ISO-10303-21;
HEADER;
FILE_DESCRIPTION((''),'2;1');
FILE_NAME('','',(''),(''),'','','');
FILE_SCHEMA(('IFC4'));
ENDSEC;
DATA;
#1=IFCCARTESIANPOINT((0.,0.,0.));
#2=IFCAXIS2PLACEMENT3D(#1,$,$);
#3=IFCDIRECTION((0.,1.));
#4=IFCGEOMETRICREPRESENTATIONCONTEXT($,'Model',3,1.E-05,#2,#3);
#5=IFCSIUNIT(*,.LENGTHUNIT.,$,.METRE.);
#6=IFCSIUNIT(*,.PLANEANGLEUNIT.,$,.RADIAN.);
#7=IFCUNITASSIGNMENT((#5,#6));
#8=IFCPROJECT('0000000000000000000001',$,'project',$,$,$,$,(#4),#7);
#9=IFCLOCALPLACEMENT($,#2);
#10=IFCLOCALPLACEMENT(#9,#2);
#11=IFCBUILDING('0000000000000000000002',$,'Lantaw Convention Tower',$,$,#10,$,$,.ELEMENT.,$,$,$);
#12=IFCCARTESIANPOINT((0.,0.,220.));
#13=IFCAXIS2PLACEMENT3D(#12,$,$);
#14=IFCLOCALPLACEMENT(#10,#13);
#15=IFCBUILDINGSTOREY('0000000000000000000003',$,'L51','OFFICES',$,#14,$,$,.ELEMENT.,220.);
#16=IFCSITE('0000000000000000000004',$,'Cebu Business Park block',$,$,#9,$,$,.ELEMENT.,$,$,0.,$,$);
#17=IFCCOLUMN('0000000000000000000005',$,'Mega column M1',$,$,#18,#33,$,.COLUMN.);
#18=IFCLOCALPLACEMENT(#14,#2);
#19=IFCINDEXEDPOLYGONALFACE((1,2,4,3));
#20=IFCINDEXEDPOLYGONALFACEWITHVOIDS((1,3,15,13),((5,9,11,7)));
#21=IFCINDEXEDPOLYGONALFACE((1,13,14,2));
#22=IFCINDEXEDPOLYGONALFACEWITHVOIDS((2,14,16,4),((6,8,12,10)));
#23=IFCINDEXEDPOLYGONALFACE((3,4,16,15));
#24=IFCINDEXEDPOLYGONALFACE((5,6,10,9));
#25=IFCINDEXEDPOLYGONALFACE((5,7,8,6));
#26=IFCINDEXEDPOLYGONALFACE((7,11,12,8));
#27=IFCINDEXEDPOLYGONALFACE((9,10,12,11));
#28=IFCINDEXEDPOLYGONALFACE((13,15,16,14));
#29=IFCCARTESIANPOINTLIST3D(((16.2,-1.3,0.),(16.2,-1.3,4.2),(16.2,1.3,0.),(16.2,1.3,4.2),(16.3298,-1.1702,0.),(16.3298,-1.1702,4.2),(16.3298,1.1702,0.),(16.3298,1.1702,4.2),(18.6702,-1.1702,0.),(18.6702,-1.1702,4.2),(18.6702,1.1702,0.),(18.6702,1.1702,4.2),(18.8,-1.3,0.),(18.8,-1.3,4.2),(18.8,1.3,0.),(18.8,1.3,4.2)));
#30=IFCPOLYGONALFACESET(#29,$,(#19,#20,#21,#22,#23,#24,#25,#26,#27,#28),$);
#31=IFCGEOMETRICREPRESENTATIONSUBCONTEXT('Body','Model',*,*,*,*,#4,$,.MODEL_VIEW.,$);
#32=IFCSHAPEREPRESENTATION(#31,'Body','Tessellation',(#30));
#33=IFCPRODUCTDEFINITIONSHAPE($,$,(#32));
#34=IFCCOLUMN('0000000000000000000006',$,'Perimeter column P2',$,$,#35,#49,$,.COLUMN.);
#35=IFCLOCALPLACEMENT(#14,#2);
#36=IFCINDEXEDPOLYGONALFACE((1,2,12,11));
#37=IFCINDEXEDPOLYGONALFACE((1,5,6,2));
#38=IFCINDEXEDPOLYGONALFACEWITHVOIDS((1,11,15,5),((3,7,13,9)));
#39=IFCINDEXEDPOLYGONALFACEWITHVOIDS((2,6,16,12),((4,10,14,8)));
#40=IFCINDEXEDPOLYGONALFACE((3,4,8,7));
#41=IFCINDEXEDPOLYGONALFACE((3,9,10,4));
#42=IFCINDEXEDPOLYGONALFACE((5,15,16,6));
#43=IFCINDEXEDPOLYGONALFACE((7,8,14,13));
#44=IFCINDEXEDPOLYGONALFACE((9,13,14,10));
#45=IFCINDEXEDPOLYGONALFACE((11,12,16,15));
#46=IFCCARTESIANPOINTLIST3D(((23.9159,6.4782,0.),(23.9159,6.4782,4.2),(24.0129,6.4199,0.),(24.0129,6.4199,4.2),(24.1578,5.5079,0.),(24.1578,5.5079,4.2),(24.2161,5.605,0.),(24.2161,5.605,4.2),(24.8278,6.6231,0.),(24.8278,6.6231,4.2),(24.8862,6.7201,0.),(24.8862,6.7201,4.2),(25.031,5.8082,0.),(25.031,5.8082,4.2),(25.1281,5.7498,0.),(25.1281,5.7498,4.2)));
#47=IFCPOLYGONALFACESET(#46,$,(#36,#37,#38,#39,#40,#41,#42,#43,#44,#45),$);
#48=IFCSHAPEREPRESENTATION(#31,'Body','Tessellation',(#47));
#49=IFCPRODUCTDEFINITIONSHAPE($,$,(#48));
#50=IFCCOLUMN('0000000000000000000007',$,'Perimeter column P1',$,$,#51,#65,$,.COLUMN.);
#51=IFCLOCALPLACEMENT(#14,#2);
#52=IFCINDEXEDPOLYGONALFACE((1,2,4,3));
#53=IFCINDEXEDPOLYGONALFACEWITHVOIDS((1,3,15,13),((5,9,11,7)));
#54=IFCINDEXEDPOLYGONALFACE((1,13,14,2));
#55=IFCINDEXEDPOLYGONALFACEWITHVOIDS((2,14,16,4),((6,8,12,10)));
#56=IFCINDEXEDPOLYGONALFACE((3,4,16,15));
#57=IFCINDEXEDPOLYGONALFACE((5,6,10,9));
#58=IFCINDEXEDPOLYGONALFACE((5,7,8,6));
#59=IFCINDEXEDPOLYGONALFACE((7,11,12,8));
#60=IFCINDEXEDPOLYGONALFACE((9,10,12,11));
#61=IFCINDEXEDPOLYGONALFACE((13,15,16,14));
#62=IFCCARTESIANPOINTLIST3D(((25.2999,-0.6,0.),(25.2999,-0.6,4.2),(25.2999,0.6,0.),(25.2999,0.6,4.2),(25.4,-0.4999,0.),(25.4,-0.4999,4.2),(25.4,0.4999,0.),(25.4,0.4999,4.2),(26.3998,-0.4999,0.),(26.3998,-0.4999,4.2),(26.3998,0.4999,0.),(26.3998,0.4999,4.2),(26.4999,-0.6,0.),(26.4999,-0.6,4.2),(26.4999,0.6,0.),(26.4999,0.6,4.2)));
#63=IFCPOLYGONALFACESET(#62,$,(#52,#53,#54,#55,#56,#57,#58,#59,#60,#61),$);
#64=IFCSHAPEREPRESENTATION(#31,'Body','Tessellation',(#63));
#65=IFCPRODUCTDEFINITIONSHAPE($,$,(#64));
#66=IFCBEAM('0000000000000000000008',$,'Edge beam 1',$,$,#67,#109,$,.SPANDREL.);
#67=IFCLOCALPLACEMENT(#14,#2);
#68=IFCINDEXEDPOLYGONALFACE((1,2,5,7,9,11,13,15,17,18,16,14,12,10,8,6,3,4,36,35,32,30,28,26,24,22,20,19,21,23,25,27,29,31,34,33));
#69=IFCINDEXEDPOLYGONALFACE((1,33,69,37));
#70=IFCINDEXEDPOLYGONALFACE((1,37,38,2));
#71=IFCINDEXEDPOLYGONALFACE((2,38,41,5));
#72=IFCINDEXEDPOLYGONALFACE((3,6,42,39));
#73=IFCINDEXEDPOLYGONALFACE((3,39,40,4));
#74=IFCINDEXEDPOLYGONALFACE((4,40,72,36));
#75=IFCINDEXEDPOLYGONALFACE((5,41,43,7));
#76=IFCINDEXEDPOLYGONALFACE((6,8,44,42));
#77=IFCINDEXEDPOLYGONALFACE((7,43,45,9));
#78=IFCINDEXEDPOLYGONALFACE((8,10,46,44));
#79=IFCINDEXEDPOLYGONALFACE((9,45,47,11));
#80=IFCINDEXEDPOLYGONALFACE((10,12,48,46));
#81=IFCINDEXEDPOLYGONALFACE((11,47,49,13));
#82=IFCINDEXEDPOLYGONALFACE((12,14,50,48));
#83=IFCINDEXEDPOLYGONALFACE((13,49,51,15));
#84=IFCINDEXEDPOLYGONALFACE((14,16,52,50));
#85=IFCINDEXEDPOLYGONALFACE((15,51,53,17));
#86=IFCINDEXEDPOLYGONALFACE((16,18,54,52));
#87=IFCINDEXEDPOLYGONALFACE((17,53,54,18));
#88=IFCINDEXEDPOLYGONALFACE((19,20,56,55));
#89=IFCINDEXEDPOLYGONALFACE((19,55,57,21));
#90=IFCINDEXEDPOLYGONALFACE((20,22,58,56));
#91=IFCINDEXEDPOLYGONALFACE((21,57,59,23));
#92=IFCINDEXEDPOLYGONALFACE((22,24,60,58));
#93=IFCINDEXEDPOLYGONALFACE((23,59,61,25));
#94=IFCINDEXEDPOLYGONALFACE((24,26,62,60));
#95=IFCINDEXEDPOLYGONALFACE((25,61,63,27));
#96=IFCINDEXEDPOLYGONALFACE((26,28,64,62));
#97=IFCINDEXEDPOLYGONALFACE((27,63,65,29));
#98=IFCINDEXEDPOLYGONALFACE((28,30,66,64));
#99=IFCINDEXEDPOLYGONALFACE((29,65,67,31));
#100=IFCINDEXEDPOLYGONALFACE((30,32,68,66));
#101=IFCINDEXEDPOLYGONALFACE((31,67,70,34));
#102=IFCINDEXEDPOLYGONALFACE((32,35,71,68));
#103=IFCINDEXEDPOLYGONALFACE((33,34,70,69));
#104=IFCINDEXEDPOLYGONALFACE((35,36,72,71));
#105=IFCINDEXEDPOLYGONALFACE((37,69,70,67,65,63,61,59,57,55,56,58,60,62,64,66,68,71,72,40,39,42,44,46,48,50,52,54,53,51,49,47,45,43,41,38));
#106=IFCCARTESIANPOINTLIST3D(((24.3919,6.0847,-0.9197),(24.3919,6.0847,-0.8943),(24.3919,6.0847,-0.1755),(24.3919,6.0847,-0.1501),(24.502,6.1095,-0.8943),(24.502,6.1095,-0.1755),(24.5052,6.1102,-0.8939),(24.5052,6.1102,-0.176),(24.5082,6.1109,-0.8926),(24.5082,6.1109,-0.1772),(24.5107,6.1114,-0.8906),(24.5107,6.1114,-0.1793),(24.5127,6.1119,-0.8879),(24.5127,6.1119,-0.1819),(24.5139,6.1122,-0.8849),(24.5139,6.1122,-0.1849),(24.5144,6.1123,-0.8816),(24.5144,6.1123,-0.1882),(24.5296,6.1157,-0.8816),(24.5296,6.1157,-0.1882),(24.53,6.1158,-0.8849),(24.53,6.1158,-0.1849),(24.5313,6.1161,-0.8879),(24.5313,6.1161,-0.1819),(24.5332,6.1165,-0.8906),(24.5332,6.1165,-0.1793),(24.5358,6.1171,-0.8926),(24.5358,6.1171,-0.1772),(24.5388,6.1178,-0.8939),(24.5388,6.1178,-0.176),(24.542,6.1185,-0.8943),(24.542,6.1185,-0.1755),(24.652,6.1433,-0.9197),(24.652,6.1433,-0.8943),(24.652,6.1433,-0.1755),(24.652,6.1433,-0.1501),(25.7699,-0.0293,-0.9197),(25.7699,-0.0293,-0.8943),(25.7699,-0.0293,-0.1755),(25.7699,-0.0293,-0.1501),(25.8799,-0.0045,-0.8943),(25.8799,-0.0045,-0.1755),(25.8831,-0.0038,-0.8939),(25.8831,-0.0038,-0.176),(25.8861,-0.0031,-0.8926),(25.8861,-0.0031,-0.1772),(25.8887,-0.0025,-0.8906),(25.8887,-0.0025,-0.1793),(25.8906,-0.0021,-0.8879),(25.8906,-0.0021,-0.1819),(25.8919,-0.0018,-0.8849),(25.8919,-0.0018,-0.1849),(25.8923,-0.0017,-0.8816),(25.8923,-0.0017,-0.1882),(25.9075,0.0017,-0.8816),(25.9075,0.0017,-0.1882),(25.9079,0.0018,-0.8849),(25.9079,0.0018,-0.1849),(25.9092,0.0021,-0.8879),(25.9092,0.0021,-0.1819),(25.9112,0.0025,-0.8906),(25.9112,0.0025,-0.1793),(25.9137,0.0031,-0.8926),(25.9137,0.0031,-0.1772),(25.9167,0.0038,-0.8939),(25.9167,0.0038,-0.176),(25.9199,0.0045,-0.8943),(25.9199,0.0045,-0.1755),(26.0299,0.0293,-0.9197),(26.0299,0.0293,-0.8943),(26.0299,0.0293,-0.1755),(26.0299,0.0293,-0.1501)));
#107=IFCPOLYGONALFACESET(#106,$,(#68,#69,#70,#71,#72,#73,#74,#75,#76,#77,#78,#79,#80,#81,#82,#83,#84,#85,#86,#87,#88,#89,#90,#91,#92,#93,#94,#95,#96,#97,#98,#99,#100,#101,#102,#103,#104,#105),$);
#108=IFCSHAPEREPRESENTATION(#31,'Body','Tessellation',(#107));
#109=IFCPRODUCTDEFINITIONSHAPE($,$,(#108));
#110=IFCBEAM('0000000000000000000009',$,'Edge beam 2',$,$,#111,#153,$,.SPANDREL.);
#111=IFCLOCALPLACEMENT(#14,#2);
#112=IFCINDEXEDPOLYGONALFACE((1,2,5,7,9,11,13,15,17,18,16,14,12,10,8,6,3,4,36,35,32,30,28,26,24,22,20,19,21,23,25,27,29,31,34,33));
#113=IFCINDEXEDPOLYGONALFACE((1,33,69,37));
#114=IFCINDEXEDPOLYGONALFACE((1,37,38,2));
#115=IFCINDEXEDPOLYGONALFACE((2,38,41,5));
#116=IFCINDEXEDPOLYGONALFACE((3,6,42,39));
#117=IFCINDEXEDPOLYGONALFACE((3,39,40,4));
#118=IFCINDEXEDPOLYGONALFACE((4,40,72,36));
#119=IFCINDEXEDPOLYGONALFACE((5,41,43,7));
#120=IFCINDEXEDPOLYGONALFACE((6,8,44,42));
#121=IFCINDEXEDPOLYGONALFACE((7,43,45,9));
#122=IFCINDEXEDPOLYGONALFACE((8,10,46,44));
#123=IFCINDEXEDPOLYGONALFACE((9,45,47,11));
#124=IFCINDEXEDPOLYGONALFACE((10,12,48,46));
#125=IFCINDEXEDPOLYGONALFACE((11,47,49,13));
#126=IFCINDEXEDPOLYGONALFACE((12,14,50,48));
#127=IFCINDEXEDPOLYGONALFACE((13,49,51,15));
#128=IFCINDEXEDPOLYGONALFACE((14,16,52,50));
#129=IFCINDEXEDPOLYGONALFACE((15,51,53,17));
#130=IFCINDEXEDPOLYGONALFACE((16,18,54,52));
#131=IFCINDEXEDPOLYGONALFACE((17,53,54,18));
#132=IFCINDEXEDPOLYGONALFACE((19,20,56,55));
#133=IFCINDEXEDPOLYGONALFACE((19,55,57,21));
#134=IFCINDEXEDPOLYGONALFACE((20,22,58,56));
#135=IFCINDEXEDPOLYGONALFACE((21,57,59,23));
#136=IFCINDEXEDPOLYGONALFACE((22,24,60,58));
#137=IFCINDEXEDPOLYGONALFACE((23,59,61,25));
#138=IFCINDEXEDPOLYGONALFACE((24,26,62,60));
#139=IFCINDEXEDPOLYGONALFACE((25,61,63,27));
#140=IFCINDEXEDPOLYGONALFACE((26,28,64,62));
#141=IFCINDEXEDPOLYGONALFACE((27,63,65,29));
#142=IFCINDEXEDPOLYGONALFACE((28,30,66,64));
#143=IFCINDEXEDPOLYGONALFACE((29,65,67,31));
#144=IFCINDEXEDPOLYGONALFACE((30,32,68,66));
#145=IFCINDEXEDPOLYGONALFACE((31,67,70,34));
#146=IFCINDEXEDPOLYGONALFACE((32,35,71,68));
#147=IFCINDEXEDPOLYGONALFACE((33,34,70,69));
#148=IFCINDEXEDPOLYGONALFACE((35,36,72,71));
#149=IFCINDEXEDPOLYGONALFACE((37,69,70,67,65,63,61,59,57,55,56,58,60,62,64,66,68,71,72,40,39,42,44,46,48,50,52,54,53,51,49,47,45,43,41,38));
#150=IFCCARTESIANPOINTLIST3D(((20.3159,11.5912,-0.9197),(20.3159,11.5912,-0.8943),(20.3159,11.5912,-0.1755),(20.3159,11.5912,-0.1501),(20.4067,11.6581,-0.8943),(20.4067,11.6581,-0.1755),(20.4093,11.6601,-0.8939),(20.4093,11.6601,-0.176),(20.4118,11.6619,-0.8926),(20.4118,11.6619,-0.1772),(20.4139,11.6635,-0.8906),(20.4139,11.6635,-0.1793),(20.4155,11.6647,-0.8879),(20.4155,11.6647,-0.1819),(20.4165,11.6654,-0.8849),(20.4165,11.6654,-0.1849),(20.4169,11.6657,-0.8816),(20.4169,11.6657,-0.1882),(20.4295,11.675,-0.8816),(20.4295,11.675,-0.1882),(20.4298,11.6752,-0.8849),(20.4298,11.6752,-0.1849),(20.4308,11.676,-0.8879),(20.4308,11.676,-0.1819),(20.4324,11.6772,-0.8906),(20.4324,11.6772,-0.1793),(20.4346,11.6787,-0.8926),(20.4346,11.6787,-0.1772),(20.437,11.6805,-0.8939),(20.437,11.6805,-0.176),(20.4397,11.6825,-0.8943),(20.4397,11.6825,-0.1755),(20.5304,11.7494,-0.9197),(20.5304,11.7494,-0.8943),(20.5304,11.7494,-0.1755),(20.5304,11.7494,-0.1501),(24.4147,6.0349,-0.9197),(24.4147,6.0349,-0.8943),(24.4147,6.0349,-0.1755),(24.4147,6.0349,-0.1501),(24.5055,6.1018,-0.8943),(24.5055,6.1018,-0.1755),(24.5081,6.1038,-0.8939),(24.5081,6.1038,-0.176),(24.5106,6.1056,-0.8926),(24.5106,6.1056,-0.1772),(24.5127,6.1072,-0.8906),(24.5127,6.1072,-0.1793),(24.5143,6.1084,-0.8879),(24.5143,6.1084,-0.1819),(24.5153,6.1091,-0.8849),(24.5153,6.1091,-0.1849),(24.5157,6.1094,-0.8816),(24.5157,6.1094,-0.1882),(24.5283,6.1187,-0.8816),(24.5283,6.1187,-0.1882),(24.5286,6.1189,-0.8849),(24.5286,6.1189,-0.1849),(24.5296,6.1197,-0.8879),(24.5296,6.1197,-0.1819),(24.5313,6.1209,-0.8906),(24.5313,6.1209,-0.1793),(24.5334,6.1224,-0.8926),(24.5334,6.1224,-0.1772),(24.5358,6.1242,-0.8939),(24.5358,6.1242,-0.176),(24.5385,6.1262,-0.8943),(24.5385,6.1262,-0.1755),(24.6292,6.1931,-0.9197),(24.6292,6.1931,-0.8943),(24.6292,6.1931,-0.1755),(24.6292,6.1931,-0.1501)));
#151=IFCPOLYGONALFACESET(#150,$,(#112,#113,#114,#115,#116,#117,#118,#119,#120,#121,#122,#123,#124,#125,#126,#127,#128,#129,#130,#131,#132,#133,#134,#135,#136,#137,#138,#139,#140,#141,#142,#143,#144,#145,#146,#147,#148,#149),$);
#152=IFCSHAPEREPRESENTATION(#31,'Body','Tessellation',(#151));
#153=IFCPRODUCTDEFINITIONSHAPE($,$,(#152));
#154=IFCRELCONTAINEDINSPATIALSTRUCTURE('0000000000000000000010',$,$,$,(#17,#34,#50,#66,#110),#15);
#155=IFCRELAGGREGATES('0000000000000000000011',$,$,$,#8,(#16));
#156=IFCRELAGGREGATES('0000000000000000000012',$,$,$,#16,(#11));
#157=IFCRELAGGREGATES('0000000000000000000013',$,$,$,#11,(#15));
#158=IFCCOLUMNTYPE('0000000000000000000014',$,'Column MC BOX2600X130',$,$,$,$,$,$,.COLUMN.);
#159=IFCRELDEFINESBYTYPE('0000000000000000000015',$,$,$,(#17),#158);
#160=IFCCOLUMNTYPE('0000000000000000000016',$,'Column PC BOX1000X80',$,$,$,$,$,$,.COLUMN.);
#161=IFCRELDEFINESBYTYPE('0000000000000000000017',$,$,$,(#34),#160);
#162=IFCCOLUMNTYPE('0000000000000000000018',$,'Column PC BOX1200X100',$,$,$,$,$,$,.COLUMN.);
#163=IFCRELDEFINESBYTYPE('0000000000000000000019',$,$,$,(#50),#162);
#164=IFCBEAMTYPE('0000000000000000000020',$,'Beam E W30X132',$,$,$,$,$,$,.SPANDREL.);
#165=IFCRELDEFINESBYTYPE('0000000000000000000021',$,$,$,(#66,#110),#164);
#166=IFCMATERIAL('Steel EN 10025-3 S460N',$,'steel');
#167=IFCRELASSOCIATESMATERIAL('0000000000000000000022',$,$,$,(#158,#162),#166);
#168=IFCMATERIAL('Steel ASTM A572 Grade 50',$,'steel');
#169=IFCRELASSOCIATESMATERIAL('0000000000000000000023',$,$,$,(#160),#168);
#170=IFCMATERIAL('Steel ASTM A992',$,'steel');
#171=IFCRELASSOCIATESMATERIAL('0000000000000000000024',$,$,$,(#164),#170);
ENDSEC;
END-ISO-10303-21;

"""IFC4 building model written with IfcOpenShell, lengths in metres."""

from ifc_helpers import new_model, si_unit, direction, frame, origin, origin_2d, place, context, subcontext, project, spatial, rectangle, hollow_rectangle, i_section, extrude, material, material_profile, profile_set, type_object, element, save


model = new_model("IFC4")

# Units and contexts
model_context = context("Model", 3, precision=1e-05, world=origin(), true_north=direction((0.0, 1.0)))
body_context = subcontext(model_context, "Body", "Model", "MODEL_VIEW")
ifc_project = project(units=[si_unit("LENGTHUNIT", "METRE"), si_unit("PLANEANGLEUNIT", "RADIAN")], contexts=[model_context])

# Site, building, storey
site_placement = place(None, origin())
site = spatial("IfcSite", under=ifc_project, at=site_placement, Name="Cebu Business Park block", CompositionType="ELEMENT", RefElevation=0.0)
building_placement = place(site_placement, origin())
building = spatial("IfcBuilding", under=site, at=building_placement, Name="Lantaw Convention Tower", CompositionType="ELEMENT")
storey_placement = place(building_placement, frame((0.0, 0.0, 220.0)))
storey = spatial("IfcBuildingStorey", under=building, at=storey_placement, Name="L51", Description="OFFICES", CompositionType="ELEMENT", Elevation=220.0)

# Columns
ifc_material_1 = material(Name="Steel EN 10025-3 S460N", Category="steel")
ifc_material_profile_1 = material_profile(ifc_material_1, hollow_rectangle(XDim=2.6001, YDim=2.6001, WallThickness=0.1299, at=origin_2d()), Name="BOX2600X130")
ifc_material_2 = material(Name="Concrete C60/75", Category="concrete")
ifc_material_profile_2 = material_profile(ifc_material_2, rectangle(XDim=2.3401, YDim=2.3401, at=origin_2d()), Name="Concrete fill of BOX2600X130")
ifc_profile_set_1 = profile_set([ifc_material_profile_1, ifc_material_profile_2], Name="Steel EN 10025-3 S460N")
column_type_1 = type_object("IfcColumnType", Name="Column MC BOX2600X130", PredefinedType="COLUMN", material=ifc_profile_set_1)
column_1_placement = place(storey_placement, frame((17.5, 0.0, 0.0), z_axis=(0.0, 0.0, 1.0), x_axis=(1.0, 0.0, 0.0)))
element("IfcColumn", 1, at=column_1_placement, inside=storey, type_object=column_type_1, Name="Mega column M1", PredefinedType="COLUMN", context=body_context, shape_type="SweptSolid", body=[
    extrude(hollow_rectangle(XDim=2.6001, YDim=2.6001, WallThickness=0.1299, at=origin_2d()), origin(), (0.0, 0.0, 1.0), 4.2),
])
ifc_material_3 = material(Name="Steel ASTM A572 Grade 50", Category="steel")
ifc_material_profile_3 = material_profile(ifc_material_3, hollow_rectangle(XDim=1.0, YDim=1.0, WallThickness=0.0801, at=origin_2d()), Name="BOX1000X80")
ifc_material_profile_4 = material_profile(ifc_material_2, rectangle(XDim=0.8401, YDim=0.8401, at=origin_2d()), Name="Concrete fill of BOX1000X80")
ifc_profile_set_2 = profile_set([ifc_material_profile_3, ifc_material_profile_4], Name="Steel ASTM A572 Grade 50")
column_type_2 = type_object("IfcColumnType", Name="Column PC BOX1000X80", PredefinedType="COLUMN", material=ifc_profile_set_2)
column_2_placement = place(storey_placement, frame((24.522, 6.114, 0.0), z_axis=(0.0, 0.0, 1.0), x_axis=(0.970296, 0.241922, 0.0)))
element("IfcColumn", 2, at=column_2_placement, inside=storey, type_object=column_type_2, Name="Perimeter column P2", PredefinedType="COLUMN", context=body_context, shape_type="SweptSolid", body=[
    extrude(hollow_rectangle(XDim=1.0, YDim=1.0, WallThickness=0.0801, at=origin_2d()), origin(), (0.0, 0.0, 1.0), 4.2),
])
ifc_material_profile_5 = material_profile(ifc_material_1, hollow_rectangle(XDim=1.2, YDim=1.2, WallThickness=0.1001, at=origin_2d()), Name="BOX1200X100")
ifc_material_profile_6 = material_profile(ifc_material_2, rectangle(XDim=1.0, YDim=1.0, at=origin_2d()), Name="Concrete fill of BOX1200X100")
ifc_profile_set_3 = profile_set([ifc_material_profile_5, ifc_material_profile_6], Name="Steel EN 10025-3 S460N")
column_type_3 = type_object("IfcColumnType", Name="Column PC BOX1200X100", PredefinedType="COLUMN", material=ifc_profile_set_3)
column_3_placement = place(storey_placement, frame((25.8999, 0.0, 0.0), z_axis=(0.0, 0.0, 1.0), x_axis=(1.0, 0.0, 0.0)))
element("IfcColumn", 3, at=column_3_placement, inside=storey, type_object=column_type_3, Name="Perimeter column P1", PredefinedType="COLUMN", context=body_context, shape_type="SweptSolid", body=[
    extrude(hollow_rectangle(XDim=1.2, YDim=1.2, WallThickness=0.1001, at=origin_2d()), origin(), (0.0, 0.0, 1.0), 4.2),
])

# Beams
ifc_material_4 = material(Name="Steel ASTM A992", Category="steel")
ifc_material_profile_7 = material_profile(ifc_material_4, i_section(OverallWidth=0.2666, OverallDepth=0.7695, WebThickness=0.0156, FlangeThickness=0.0254, FilletRadius=0.0127, at=origin_2d()), Name="W30X132")
ifc_profile_set_4 = profile_set([ifc_material_profile_7], Name="Steel ASTM A992")
beam_type_1 = type_object("IfcBeamType", Name="Beam E W30X132", PredefinedType="SPANDREL", material=ifc_profile_set_4)
beam_1_placement = place(storey_placement, frame((25.8999, 0.0, -0.5349), z_axis=(-0.219858, 0.975532, 0.0), x_axis=(-0.975532, -0.219858, 0.0)))
element("IfcBeam", 4, at=beam_1_placement, inside=storey, type_object=beam_type_1, Name="Edge beam 1", PredefinedType="SPANDREL", context=body_context, shape_type="SweptSolid", body=[
    extrude(i_section(OverallWidth=0.2666, OverallDepth=0.7695, WebThickness=0.0156, FlangeThickness=0.0254, FilletRadius=0.0127, at=origin_2d()), origin(), (0.0, 0.0, 1.0), 6.2673),
])
beam_2_placement = place(storey_placement, frame((24.522, 6.114, -0.5349), z_axis=(-0.593639, 0.804731, 0.0), x_axis=(-0.804731, -0.593639, 0.0)))
element("IfcBeam", 5, at=beam_2_placement, inside=storey, type_object=beam_type_1, Name="Edge beam 2", PredefinedType="SPANDREL", context=body_context, shape_type="SweptSolid", body=[
    extrude(i_section(OverallWidth=0.2666, OverallDepth=0.7695, WebThickness=0.0156, FlangeThickness=0.0254, FilletRadius=0.0127, at=origin_2d()), origin(), (0.0, 0.0, 1.0), 6.9045),
])

save(model, "model.ifc")
